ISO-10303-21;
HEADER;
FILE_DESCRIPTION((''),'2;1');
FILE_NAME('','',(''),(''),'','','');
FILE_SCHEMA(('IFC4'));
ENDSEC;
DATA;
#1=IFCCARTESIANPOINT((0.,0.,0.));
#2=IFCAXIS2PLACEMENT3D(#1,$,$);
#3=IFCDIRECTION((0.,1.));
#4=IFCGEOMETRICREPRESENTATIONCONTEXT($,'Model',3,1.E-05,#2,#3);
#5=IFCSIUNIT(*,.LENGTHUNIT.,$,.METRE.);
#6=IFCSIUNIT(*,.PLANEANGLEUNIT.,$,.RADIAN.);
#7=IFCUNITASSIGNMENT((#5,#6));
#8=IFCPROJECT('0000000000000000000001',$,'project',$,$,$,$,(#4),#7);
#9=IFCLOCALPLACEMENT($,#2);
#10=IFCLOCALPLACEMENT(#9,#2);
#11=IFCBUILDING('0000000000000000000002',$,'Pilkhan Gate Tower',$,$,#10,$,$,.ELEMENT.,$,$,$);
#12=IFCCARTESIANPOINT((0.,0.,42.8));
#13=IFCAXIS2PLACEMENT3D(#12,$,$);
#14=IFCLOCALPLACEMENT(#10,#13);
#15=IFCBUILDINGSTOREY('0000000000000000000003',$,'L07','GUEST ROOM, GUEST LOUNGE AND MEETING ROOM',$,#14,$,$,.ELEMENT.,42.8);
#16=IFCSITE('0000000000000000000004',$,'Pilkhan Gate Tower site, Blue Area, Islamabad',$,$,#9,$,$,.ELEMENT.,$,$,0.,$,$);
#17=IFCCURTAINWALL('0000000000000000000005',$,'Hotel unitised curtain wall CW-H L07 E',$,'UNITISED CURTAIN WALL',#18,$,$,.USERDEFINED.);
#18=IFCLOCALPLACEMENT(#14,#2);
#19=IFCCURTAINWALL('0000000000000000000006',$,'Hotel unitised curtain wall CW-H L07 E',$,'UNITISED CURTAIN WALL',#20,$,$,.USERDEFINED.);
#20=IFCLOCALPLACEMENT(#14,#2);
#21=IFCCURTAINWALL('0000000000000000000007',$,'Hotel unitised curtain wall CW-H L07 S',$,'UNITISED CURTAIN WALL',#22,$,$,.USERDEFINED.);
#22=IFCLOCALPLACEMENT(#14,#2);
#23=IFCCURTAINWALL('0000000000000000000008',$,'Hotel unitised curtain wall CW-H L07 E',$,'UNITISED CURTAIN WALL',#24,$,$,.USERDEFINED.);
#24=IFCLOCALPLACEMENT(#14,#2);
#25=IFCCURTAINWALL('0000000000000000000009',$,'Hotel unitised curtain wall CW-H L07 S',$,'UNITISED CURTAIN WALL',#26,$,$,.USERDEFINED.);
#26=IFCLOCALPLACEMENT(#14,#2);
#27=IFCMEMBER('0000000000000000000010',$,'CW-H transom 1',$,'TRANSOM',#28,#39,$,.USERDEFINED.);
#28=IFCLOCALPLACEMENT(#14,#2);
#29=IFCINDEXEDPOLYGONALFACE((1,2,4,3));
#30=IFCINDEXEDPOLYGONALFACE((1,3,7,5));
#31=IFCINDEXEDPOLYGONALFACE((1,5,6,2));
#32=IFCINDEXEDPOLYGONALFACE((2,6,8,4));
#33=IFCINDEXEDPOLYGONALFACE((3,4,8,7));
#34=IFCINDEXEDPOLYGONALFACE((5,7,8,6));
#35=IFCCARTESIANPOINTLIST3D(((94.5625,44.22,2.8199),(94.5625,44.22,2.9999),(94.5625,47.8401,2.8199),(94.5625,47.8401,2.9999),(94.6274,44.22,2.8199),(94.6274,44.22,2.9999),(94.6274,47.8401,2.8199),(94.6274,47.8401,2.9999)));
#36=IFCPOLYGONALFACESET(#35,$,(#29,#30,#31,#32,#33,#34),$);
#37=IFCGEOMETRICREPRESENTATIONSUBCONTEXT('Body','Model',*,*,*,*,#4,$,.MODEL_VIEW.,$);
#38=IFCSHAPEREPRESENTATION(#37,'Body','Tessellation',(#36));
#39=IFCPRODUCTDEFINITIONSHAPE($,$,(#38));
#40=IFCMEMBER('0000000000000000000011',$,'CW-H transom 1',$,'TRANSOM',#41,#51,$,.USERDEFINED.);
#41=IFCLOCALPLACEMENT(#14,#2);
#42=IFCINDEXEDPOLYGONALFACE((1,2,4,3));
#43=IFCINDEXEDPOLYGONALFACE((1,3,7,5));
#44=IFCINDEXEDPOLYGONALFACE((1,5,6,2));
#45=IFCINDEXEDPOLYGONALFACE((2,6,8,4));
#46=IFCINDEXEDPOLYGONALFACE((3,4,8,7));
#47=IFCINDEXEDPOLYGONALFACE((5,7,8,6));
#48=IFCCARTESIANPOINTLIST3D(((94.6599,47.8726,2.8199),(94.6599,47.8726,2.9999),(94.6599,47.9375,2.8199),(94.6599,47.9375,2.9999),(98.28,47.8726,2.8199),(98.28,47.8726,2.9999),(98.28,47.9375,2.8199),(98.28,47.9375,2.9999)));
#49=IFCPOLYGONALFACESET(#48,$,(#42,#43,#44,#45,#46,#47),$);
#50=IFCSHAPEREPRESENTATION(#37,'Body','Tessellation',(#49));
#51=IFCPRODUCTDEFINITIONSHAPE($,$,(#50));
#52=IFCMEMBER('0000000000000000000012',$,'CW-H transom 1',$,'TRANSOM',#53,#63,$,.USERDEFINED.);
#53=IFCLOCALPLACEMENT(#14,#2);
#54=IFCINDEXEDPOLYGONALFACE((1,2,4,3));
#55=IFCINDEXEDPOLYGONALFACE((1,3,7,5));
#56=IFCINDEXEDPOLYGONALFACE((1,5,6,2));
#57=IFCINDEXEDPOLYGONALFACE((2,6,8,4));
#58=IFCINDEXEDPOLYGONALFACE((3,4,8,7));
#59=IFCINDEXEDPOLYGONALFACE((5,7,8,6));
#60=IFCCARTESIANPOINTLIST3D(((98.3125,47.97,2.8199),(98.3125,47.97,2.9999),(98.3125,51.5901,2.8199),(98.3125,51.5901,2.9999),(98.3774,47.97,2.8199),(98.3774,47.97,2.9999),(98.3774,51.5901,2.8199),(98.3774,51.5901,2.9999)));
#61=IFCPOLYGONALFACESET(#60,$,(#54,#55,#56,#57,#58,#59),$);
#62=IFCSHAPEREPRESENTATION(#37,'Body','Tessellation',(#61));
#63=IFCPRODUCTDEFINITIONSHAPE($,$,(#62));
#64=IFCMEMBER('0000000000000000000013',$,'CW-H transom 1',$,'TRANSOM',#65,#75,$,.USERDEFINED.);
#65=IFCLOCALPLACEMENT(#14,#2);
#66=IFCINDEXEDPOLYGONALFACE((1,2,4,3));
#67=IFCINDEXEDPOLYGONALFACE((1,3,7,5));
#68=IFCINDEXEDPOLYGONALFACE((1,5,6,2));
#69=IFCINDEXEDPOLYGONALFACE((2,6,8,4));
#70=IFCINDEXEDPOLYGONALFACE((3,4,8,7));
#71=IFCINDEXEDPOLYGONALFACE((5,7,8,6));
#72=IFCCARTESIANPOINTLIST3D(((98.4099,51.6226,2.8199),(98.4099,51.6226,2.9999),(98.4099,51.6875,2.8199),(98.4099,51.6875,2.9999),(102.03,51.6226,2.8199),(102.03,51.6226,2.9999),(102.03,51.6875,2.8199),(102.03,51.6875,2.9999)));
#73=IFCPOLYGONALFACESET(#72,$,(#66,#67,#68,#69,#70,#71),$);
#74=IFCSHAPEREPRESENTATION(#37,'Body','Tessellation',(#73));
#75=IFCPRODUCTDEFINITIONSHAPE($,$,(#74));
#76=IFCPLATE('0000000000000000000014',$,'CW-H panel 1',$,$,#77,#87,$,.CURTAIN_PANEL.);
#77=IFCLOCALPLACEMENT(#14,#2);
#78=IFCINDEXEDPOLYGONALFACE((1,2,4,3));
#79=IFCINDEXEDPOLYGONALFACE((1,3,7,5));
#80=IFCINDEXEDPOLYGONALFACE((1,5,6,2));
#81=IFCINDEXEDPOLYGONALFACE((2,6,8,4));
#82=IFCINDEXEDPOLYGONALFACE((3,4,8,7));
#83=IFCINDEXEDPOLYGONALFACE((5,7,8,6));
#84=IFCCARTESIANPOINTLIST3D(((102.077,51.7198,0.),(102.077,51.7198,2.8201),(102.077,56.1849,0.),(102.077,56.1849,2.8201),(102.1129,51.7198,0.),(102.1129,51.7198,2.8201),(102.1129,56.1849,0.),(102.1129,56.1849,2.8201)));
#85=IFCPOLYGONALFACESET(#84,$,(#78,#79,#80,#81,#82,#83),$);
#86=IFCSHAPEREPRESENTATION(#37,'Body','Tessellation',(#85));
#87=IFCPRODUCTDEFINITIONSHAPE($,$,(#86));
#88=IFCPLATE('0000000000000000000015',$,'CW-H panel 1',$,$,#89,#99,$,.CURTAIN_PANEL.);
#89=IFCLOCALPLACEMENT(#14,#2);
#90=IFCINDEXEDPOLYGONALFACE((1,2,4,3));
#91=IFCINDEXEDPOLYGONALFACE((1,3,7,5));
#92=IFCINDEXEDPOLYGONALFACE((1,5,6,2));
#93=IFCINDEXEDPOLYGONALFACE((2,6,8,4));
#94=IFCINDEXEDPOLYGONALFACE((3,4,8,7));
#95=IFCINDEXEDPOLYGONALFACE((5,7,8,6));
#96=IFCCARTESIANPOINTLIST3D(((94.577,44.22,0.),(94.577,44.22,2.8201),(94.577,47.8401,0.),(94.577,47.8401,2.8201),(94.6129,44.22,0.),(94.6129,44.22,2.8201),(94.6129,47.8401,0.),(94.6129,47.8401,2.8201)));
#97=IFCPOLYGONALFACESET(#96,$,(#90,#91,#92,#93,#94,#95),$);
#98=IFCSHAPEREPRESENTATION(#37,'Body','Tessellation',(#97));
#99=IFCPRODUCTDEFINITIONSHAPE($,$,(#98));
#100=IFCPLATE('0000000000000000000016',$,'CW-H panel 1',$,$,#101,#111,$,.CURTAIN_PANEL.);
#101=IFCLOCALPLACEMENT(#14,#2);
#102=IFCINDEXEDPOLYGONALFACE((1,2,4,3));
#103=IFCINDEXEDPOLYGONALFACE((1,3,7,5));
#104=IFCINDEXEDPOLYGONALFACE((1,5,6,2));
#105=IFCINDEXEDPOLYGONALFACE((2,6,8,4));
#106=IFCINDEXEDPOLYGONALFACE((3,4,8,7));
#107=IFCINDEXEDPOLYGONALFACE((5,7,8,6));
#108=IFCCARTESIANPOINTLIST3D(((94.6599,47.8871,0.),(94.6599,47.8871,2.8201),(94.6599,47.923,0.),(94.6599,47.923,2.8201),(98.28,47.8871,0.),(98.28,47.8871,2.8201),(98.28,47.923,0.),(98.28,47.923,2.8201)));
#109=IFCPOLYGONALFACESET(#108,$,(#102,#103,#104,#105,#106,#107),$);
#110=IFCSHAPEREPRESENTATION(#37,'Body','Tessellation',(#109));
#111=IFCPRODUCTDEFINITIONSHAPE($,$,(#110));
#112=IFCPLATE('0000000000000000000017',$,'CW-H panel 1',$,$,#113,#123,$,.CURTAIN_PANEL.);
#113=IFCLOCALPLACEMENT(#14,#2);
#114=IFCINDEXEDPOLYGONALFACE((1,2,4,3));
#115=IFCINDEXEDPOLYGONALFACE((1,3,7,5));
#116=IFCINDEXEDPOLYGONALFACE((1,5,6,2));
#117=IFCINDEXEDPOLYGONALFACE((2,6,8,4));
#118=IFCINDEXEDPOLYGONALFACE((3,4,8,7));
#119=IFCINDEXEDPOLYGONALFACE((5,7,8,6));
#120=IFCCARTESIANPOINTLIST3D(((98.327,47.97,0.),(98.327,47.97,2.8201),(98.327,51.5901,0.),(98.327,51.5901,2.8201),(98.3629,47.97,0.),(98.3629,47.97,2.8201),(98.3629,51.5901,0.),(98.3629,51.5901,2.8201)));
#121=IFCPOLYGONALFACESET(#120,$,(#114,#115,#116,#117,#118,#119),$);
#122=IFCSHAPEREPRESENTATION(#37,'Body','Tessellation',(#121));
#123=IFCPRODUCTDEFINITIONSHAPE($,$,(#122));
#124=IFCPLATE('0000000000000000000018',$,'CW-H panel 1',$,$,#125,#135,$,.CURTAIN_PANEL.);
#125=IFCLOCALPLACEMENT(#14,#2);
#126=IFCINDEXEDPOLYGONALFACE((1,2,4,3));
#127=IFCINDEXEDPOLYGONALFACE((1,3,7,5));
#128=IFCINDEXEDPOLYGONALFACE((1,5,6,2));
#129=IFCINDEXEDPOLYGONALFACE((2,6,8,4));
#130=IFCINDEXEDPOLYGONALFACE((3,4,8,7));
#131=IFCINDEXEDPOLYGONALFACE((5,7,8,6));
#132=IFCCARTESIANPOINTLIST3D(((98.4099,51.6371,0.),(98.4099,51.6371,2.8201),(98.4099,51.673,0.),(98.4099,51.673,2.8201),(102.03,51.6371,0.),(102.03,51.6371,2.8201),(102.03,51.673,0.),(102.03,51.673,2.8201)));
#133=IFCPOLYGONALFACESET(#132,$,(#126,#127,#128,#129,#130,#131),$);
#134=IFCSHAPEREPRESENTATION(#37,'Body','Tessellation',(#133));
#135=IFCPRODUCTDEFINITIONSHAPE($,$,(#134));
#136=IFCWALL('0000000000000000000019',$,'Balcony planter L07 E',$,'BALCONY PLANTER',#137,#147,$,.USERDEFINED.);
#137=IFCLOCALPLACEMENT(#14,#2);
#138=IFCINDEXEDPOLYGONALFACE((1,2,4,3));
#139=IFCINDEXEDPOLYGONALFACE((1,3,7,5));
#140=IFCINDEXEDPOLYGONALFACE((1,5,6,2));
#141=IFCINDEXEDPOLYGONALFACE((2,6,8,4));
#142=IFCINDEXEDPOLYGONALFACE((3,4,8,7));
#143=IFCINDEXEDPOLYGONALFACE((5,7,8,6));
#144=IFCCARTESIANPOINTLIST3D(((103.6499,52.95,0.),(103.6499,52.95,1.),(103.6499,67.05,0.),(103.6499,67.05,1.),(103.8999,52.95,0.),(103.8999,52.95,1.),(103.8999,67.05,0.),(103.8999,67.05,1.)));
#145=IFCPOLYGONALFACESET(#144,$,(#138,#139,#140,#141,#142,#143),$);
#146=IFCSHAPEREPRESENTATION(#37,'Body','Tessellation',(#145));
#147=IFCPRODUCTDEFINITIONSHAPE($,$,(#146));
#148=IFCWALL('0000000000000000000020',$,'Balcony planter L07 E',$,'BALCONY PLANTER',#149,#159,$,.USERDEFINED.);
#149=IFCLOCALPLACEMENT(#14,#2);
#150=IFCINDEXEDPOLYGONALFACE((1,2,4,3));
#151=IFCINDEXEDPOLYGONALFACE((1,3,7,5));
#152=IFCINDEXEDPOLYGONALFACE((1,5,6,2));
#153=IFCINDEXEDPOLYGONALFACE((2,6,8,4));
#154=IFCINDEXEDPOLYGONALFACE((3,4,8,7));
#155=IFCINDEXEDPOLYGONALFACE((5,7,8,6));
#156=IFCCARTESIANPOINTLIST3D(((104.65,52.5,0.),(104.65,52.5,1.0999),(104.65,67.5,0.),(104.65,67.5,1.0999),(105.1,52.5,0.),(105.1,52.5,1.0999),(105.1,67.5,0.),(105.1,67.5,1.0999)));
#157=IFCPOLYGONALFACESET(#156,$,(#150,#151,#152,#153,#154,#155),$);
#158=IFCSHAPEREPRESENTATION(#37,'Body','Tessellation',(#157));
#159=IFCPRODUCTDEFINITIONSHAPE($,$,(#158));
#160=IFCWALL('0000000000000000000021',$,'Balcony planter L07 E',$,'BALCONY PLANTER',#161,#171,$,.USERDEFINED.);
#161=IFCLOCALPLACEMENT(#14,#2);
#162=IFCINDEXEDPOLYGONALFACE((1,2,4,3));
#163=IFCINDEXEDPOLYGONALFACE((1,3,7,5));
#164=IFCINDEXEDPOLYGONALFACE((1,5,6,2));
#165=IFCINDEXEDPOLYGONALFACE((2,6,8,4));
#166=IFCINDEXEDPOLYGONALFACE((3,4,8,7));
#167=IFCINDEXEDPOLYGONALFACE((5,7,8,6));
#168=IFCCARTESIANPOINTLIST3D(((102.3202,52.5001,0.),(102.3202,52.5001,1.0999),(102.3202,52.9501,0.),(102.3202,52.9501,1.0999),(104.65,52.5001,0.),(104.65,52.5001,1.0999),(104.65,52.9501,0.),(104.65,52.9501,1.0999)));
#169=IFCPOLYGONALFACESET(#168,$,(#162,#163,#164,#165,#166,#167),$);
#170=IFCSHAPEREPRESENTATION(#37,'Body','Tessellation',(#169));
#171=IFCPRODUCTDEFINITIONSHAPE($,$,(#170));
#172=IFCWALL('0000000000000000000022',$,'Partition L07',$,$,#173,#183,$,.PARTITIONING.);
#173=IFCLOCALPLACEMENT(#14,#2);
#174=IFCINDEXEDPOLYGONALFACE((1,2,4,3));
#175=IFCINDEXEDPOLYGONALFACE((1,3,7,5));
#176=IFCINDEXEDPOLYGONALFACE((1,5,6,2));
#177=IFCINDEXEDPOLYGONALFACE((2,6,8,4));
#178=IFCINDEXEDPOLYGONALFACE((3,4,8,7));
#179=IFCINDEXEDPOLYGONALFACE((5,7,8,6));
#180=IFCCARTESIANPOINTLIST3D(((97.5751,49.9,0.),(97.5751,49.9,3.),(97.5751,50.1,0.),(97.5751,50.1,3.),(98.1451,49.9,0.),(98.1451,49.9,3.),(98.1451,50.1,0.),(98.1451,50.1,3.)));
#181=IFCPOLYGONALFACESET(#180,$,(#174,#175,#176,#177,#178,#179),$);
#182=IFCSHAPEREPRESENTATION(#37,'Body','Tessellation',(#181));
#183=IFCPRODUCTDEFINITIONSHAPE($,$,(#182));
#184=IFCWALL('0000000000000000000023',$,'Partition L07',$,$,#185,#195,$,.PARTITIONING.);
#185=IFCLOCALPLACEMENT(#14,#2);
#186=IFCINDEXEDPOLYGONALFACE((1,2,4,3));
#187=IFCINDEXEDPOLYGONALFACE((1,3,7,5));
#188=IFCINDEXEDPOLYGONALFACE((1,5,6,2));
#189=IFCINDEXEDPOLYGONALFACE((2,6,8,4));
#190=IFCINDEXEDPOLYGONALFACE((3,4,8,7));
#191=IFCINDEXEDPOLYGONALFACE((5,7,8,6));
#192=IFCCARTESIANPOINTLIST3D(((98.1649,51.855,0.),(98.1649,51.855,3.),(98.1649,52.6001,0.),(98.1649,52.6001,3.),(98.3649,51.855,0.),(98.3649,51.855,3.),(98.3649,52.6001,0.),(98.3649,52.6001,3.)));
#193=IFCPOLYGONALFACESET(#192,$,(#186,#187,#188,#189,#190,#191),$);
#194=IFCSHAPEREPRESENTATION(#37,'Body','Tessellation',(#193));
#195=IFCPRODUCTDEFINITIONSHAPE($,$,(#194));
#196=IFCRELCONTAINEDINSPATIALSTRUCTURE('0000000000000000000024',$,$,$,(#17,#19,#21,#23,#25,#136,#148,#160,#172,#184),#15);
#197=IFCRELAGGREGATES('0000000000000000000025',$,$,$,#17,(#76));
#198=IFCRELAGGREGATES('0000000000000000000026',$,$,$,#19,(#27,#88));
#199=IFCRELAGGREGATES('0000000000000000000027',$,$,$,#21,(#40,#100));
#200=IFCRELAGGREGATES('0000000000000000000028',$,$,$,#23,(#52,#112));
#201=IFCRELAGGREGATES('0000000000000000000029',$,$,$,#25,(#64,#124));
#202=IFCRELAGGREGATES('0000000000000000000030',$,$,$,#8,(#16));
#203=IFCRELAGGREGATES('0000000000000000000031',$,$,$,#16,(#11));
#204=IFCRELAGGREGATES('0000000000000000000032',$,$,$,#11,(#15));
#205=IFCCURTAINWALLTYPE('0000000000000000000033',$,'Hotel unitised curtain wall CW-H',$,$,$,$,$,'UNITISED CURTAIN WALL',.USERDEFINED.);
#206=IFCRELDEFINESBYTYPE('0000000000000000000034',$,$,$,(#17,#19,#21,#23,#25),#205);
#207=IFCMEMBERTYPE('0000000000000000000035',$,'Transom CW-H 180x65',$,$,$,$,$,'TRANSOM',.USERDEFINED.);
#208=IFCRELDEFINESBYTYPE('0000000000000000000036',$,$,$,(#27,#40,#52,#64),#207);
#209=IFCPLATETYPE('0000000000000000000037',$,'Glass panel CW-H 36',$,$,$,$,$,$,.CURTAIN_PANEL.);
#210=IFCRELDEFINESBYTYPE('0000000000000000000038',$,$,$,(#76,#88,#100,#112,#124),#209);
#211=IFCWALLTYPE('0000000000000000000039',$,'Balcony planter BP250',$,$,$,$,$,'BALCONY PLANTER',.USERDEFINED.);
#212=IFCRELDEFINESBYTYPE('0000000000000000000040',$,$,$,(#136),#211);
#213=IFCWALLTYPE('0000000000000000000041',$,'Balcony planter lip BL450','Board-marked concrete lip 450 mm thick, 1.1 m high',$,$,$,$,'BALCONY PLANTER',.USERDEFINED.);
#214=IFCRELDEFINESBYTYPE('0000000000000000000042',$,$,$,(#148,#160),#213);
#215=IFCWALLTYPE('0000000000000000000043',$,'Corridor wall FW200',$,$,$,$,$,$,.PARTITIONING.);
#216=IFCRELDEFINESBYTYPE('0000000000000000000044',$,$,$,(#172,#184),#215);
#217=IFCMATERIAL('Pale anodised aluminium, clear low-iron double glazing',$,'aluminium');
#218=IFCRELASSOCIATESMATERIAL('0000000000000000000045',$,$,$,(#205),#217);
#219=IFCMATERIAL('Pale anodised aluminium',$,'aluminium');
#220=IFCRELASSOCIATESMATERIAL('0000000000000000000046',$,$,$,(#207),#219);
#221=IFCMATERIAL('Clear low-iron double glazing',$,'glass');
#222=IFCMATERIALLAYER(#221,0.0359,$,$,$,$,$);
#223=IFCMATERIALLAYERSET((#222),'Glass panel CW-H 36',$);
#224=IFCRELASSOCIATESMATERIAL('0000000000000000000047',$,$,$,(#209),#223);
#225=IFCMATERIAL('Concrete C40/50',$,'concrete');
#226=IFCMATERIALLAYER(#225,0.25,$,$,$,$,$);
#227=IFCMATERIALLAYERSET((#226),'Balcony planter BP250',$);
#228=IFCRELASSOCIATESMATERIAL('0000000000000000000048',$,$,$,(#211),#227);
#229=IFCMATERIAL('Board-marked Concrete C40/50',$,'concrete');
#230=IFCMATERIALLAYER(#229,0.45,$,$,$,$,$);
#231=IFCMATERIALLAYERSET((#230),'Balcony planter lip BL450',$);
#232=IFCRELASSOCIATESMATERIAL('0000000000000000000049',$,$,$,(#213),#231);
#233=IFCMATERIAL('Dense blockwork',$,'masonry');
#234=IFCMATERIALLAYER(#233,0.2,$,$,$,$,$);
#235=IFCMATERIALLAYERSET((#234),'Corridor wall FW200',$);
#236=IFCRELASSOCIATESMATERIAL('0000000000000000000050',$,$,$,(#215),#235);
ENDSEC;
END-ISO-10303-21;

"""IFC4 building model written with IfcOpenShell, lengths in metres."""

from ifc_helpers import new_model, si_unit, direction, frame, frame_2d, origin, origin_2d, place, context, subcontext, project, spatial, rectangle, extrude, material, layer, layer_set, material_profile, profile_set, type_object, element, aggregate, save


model = new_model("IFC4")

# Units and contexts
model_context = context("Model", 3, precision=1e-05, world=origin(), true_north=direction((0.0, 1.0)))
body_context = subcontext(model_context, "Body", "Model", "MODEL_VIEW")
ifc_project = project(units=[si_unit("LENGTHUNIT", "METRE"), si_unit("PLANEANGLEUNIT", "RADIAN")], contexts=[model_context])

# Site, building, storey
site_placement = place(None, origin())
site = spatial("IfcSite", under=ifc_project, at=site_placement, Name="Pilkhan Gate Tower site, Blue Area, Islamabad", CompositionType="ELEMENT", RefElevation=0.0)
building_placement = place(site_placement, origin())
building = spatial("IfcBuilding", under=site, at=building_placement, Name="Pilkhan Gate Tower", CompositionType="ELEMENT")
storey_placement = place(building_placement, frame((0.0, 0.0, 42.8)))
storey = spatial("IfcBuildingStorey", under=building, at=storey_placement, Name="L07", Description="GUEST ROOM, GUEST LOUNGE AND MEETING ROOM", CompositionType="ELEMENT", Elevation=42.8)

# Curtain wall
ifc_material_1 = material(Name="Pale anodised aluminium, clear low-iron double glazing", Category="aluminium")
curtain_wall_type = type_object("IfcCurtainWallType", Name="Hotel unitised curtain wall CW-H", ElementType="UNITISED CURTAIN WALL", PredefinedType="USERDEFINED", material=ifc_material_1)
curtain_wall_1_placement = place(storey_placement, origin())
curtain_wall_1 = element("IfcCurtainWall", 1, at=curtain_wall_1_placement, inside=storey, type_object=curtain_wall_type, Name="Hotel unitised curtain wall CW-H L07 E", ObjectType="UNITISED CURTAIN WALL", PredefinedType="USERDEFINED")
ifc_material_2 = material(Name="Pale anodised aluminium", Category="aluminium")

# Curtain walls
curtain_wall_2_placement = place(storey_placement, origin())
curtain_wall_2 = element("IfcCurtainWall", 2, at=curtain_wall_2_placement, inside=storey, type_object=curtain_wall_type, Name="Hotel unitised curtain wall CW-H L07 E", ObjectType="UNITISED CURTAIN WALL", PredefinedType="USERDEFINED")
curtain_wall_3_placement = place(storey_placement, origin())
curtain_wall_3 = element("IfcCurtainWall", 3, at=curtain_wall_3_placement, inside=storey, type_object=curtain_wall_type, Name="Hotel unitised curtain wall CW-H L07 S", ObjectType="UNITISED CURTAIN WALL", PredefinedType="USERDEFINED")
curtain_wall_4_placement = place(storey_placement, origin())
curtain_wall_4 = element("IfcCurtainWall", 4, at=curtain_wall_4_placement, inside=storey, type_object=curtain_wall_type, Name="Hotel unitised curtain wall CW-H L07 E", ObjectType="UNITISED CURTAIN WALL", PredefinedType="USERDEFINED")
curtain_wall_5_placement = place(storey_placement, origin())
curtain_wall_5 = element("IfcCurtainWall", 5, at=curtain_wall_5_placement, inside=storey, type_object=curtain_wall_type, Name="Hotel unitised curtain wall CW-H L07 S", ObjectType="UNITISED CURTAIN WALL", PredefinedType="USERDEFINED")

# Members
ifc_material_profile_1 = material_profile(ifc_material_2, rectangle(XDim=0.0649, YDim=0.1799, at=origin_2d()), Name="Transom 180x65")
ifc_profile_set_1 = profile_set([ifc_material_profile_1], Name="Pale anodised aluminium")
member_type_1 = type_object("IfcMemberType", Name="Transom CW-H 180x65", ElementType="TRANSOM", PredefinedType="USERDEFINED", material=ifc_profile_set_1)
member_1_placement = place(storey_placement, frame((94.595, 44.22, 2.9099), z_axis=(0.0, 1.0, 0.0), x_axis=(-1.0, 0.0, 0.0)))
member_1 = element("IfcMember", 6, at=member_1_placement, type_object=member_type_1, Name="CW-H transom 1", ObjectType="TRANSOM", PredefinedType="USERDEFINED", context=body_context, shape_type="SweptSolid", body=[
    extrude(rectangle(XDim=0.0649, YDim=0.1799, at=origin_2d()), origin(), (0.0, 0.0, 1.0), 3.6201),
])
member_2_placement = place(storey_placement, frame((94.6599, 47.905, 2.9099), z_axis=(1.0, 0.0, 0.0), x_axis=(0.0, 1.0, 0.0)))
member_2 = element("IfcMember", 7, at=member_2_placement, type_object=member_type_1, Name="CW-H transom 1", ObjectType="TRANSOM", PredefinedType="USERDEFINED", context=body_context, shape_type="SweptSolid", body=[
    extrude(rectangle(XDim=0.0649, YDim=0.1799, at=origin_2d()), origin(), (0.0, 0.0, 1.0), 3.6201),
])
member_3_placement = place(storey_placement, frame((98.345, 47.97, 2.9099), z_axis=(0.0, 1.0, 0.0), x_axis=(-1.0, 0.0, 0.0)))
member_3 = element("IfcMember", 8, at=member_3_placement, type_object=member_type_1, Name="CW-H transom 1", ObjectType="TRANSOM", PredefinedType="USERDEFINED", context=body_context, shape_type="SweptSolid", body=[
    extrude(rectangle(XDim=0.0649, YDim=0.1799, at=origin_2d()), origin(), (0.0, 0.0, 1.0), 3.6201),
])
member_4_placement = place(storey_placement, frame((98.4099, 51.655, 2.9099), z_axis=(1.0, 0.0, 0.0), x_axis=(0.0, 1.0, 0.0)))
member_4 = element("IfcMember", 9, at=member_4_placement, type_object=member_type_1, Name="CW-H transom 1", ObjectType="TRANSOM", PredefinedType="USERDEFINED", context=body_context, shape_type="SweptSolid", body=[
    extrude(rectangle(XDim=0.0649, YDim=0.1799, at=origin_2d()), origin(), (0.0, 0.0, 1.0), 3.6201),
])

# Plates
ifc_material_3 = material(Name="Clear low-iron double glazing", Category="glass")
ifc_layer_1 = layer(ifc_material_3, 0.0359)
ifc_layer_set_1 = layer_set([ifc_layer_1], Name="Glass panel CW-H 36")
plate_type = type_object("IfcPlateType", Name="Glass panel CW-H 36", PredefinedType="CURTAIN_PANEL", material=ifc_layer_set_1)
plate_1_placement = place(storey_placement, frame((102.095, 53.9524, 0.0), z_axis=(0.0, 0.0, 1.0), x_axis=(0.0, 1.0, 0.0)))
plate_1 = element("IfcPlate", 10, at=plate_1_placement, type_object=plate_type, Name="CW-H panel 1", PredefinedType="CURTAIN_PANEL", context=body_context, shape_type="SweptSolid", body=[
    extrude(rectangle(XDim=4.4651, YDim=0.0359, at=origin_2d()), origin(), (0.0, 0.0, 1.0), 2.8201),
])
aggregate(curtain_wall_1, [plate_1])
plate_2_placement = place(storey_placement, frame((94.595, 46.03, 0.0), z_axis=(0.0, 0.0, 1.0), x_axis=(0.0, 1.0, 0.0)))
plate_2 = element("IfcPlate", 11, at=plate_2_placement, type_object=plate_type, Name="CW-H panel 1", PredefinedType="CURTAIN_PANEL", context=body_context, shape_type="SweptSolid", body=[
    extrude(rectangle(XDim=3.6201, YDim=0.0359, at=origin_2d()), origin(), (0.0, 0.0, 1.0), 2.8201),
])
aggregate(curtain_wall_2, [member_1, plate_2])
plate_3_placement = place(storey_placement, frame((96.47, 47.905, 0.0), z_axis=(0.0, 0.0, 1.0), x_axis=(1.0, 0.0, 0.0)))
plate_3 = element("IfcPlate", 12, at=plate_3_placement, type_object=plate_type, Name="CW-H panel 1", PredefinedType="CURTAIN_PANEL", context=body_context, shape_type="SweptSolid", body=[
    extrude(rectangle(XDim=3.6201, YDim=0.0359, at=origin_2d()), origin(), (0.0, 0.0, 1.0), 2.8201),
])
aggregate(curtain_wall_3, [member_2, plate_3])
plate_4_placement = place(storey_placement, frame((98.345, 49.78, 0.0), z_axis=(0.0, 0.0, 1.0), x_axis=(0.0, 1.0, 0.0)))
plate_4 = element("IfcPlate", 13, at=plate_4_placement, type_object=plate_type, Name="CW-H panel 1", PredefinedType="CURTAIN_PANEL", context=body_context, shape_type="SweptSolid", body=[
    extrude(rectangle(XDim=3.6201, YDim=0.0359, at=origin_2d()), origin(), (0.0, 0.0, 1.0), 2.8201),
])
aggregate(curtain_wall_4, [member_3, plate_4])
plate_5_placement = place(storey_placement, frame((100.22, 51.655, 0.0), z_axis=(0.0, 0.0, 1.0), x_axis=(1.0, 0.0, 0.0)))
plate_5 = element("IfcPlate", 14, at=plate_5_placement, type_object=plate_type, Name="CW-H panel 1", PredefinedType="CURTAIN_PANEL", context=body_context, shape_type="SweptSolid", body=[
    extrude(rectangle(XDim=3.6201, YDim=0.0359, at=origin_2d()), origin(), (0.0, 0.0, 1.0), 2.8201),
])
aggregate(curtain_wall_5, [member_4, plate_5])

# Walls
ifc_material_4 = material(Name="Concrete C40/50", Category="concrete")
ifc_layer_2 = layer(ifc_material_4, 0.25)
ifc_layer_set_2 = layer_set([ifc_layer_2], Name="Balcony planter BP250")
wall_type_1 = type_object("IfcWallType", Name="Balcony planter BP250", ElementType="BALCONY PLANTER", PredefinedType="USERDEFINED", material=ifc_layer_set_2)
wall_1_placement = place(storey_placement, frame((103.7749, 52.95, 0.0), z_axis=(0.0, 0.0, 1.0), x_axis=(0.0, 1.0, 0.0)))
element("IfcWall", 15, at=wall_1_placement, inside=storey, type_object=wall_type_1, Name="Balcony planter L07 E", ObjectType="BALCONY PLANTER", PredefinedType="USERDEFINED", context=body_context, shape_type="SweptSolid", body=[
    extrude(rectangle(XDim=14.1001, YDim=0.25, at=frame_2d((7.05, 0.0))), origin(), (0.0, 0.0, 1.0), 1.0),
])
ifc_material_5 = material(Name="Board-marked Concrete C40/50", Category="concrete")
ifc_layer_3 = layer(ifc_material_5, 0.45)
ifc_layer_set_3 = layer_set([ifc_layer_3], Name="Balcony planter lip BL450")
wall_type_2 = type_object("IfcWallType", Name="Balcony planter lip BL450", Description="Board-marked concrete lip 450 mm thick, 1.1 m high", ElementType="BALCONY PLANTER", PredefinedType="USERDEFINED", material=ifc_layer_set_3)
wall_2_placement = place(storey_placement, frame((104.875, 52.5, 0.0), z_axis=(0.0, 0.0, 1.0), x_axis=(0.0, 1.0, 0.0)))
element("IfcWall", 16, at=wall_2_placement, inside=storey, type_object=wall_type_2, Name="Balcony planter L07 E", ObjectType="BALCONY PLANTER", PredefinedType="USERDEFINED", context=body_context, shape_type="SweptSolid", body=[
    extrude(rectangle(XDim=15.0, YDim=0.45, at=frame_2d((7.5, 0.0))), origin(), (0.0, 0.0, 1.0), 1.0999),
])
wall_3_placement = place(storey_placement, frame((102.3201, 52.7251, 0.0), z_axis=(0.0, 0.0, 1.0), x_axis=(1.0, 0.0, 0.0)))
element("IfcWall", 17, at=wall_3_placement, inside=storey, type_object=wall_type_2, Name="Balcony planter L07 E", ObjectType="BALCONY PLANTER", PredefinedType="USERDEFINED", context=body_context, shape_type="SweptSolid", body=[
    extrude(rectangle(XDim=2.3298, YDim=0.45, at=frame_2d((1.165, 0.0))), origin(), (0.0, 0.0, 1.0), 1.0999),
])
ifc_material_6 = material(Name="Dense blockwork", Category="masonry")
ifc_layer_4 = layer(ifc_material_6, 0.2)
ifc_layer_set_4 = layer_set([ifc_layer_4], Name="Corridor wall FW200")
wall_type_3 = type_object("IfcWallType", Name="Corridor wall FW200", PredefinedType="PARTITIONING", material=ifc_layer_set_4)
wall_4_placement = place(storey_placement, frame((97.575, 50.0, 0.0), z_axis=(0.0, 0.0, 1.0), x_axis=(1.0, 0.0, 0.0)))
element("IfcWall", 18, at=wall_4_placement, inside=storey, type_object=wall_type_3, Name="Partition L07", PredefinedType="PARTITIONING", context=body_context, shape_type="SweptSolid", body=[
    extrude(rectangle(XDim=0.5701, YDim=0.2, at=frame_2d((0.2852, 0.0))), origin(), (0.0, 0.0, 1.0), 3.0),
])
wall_5_placement = place(storey_placement, frame((98.2649, 51.855, 0.0), z_axis=(0.0, 0.0, 1.0), x_axis=(0.0, 1.0, 0.0)))
element("IfcWall", 19, at=wall_5_placement, inside=storey, type_object=wall_type_3, Name="Partition L07", PredefinedType="PARTITIONING", context=body_context, shape_type="SweptSolid", body=[
    extrude(rectangle(XDim=0.7451, YDim=0.2, at=frame_2d((0.3726, 0.0))), origin(), (0.0, 0.0, 1.0), 3.0),
])

save(model, "model.ifc")
